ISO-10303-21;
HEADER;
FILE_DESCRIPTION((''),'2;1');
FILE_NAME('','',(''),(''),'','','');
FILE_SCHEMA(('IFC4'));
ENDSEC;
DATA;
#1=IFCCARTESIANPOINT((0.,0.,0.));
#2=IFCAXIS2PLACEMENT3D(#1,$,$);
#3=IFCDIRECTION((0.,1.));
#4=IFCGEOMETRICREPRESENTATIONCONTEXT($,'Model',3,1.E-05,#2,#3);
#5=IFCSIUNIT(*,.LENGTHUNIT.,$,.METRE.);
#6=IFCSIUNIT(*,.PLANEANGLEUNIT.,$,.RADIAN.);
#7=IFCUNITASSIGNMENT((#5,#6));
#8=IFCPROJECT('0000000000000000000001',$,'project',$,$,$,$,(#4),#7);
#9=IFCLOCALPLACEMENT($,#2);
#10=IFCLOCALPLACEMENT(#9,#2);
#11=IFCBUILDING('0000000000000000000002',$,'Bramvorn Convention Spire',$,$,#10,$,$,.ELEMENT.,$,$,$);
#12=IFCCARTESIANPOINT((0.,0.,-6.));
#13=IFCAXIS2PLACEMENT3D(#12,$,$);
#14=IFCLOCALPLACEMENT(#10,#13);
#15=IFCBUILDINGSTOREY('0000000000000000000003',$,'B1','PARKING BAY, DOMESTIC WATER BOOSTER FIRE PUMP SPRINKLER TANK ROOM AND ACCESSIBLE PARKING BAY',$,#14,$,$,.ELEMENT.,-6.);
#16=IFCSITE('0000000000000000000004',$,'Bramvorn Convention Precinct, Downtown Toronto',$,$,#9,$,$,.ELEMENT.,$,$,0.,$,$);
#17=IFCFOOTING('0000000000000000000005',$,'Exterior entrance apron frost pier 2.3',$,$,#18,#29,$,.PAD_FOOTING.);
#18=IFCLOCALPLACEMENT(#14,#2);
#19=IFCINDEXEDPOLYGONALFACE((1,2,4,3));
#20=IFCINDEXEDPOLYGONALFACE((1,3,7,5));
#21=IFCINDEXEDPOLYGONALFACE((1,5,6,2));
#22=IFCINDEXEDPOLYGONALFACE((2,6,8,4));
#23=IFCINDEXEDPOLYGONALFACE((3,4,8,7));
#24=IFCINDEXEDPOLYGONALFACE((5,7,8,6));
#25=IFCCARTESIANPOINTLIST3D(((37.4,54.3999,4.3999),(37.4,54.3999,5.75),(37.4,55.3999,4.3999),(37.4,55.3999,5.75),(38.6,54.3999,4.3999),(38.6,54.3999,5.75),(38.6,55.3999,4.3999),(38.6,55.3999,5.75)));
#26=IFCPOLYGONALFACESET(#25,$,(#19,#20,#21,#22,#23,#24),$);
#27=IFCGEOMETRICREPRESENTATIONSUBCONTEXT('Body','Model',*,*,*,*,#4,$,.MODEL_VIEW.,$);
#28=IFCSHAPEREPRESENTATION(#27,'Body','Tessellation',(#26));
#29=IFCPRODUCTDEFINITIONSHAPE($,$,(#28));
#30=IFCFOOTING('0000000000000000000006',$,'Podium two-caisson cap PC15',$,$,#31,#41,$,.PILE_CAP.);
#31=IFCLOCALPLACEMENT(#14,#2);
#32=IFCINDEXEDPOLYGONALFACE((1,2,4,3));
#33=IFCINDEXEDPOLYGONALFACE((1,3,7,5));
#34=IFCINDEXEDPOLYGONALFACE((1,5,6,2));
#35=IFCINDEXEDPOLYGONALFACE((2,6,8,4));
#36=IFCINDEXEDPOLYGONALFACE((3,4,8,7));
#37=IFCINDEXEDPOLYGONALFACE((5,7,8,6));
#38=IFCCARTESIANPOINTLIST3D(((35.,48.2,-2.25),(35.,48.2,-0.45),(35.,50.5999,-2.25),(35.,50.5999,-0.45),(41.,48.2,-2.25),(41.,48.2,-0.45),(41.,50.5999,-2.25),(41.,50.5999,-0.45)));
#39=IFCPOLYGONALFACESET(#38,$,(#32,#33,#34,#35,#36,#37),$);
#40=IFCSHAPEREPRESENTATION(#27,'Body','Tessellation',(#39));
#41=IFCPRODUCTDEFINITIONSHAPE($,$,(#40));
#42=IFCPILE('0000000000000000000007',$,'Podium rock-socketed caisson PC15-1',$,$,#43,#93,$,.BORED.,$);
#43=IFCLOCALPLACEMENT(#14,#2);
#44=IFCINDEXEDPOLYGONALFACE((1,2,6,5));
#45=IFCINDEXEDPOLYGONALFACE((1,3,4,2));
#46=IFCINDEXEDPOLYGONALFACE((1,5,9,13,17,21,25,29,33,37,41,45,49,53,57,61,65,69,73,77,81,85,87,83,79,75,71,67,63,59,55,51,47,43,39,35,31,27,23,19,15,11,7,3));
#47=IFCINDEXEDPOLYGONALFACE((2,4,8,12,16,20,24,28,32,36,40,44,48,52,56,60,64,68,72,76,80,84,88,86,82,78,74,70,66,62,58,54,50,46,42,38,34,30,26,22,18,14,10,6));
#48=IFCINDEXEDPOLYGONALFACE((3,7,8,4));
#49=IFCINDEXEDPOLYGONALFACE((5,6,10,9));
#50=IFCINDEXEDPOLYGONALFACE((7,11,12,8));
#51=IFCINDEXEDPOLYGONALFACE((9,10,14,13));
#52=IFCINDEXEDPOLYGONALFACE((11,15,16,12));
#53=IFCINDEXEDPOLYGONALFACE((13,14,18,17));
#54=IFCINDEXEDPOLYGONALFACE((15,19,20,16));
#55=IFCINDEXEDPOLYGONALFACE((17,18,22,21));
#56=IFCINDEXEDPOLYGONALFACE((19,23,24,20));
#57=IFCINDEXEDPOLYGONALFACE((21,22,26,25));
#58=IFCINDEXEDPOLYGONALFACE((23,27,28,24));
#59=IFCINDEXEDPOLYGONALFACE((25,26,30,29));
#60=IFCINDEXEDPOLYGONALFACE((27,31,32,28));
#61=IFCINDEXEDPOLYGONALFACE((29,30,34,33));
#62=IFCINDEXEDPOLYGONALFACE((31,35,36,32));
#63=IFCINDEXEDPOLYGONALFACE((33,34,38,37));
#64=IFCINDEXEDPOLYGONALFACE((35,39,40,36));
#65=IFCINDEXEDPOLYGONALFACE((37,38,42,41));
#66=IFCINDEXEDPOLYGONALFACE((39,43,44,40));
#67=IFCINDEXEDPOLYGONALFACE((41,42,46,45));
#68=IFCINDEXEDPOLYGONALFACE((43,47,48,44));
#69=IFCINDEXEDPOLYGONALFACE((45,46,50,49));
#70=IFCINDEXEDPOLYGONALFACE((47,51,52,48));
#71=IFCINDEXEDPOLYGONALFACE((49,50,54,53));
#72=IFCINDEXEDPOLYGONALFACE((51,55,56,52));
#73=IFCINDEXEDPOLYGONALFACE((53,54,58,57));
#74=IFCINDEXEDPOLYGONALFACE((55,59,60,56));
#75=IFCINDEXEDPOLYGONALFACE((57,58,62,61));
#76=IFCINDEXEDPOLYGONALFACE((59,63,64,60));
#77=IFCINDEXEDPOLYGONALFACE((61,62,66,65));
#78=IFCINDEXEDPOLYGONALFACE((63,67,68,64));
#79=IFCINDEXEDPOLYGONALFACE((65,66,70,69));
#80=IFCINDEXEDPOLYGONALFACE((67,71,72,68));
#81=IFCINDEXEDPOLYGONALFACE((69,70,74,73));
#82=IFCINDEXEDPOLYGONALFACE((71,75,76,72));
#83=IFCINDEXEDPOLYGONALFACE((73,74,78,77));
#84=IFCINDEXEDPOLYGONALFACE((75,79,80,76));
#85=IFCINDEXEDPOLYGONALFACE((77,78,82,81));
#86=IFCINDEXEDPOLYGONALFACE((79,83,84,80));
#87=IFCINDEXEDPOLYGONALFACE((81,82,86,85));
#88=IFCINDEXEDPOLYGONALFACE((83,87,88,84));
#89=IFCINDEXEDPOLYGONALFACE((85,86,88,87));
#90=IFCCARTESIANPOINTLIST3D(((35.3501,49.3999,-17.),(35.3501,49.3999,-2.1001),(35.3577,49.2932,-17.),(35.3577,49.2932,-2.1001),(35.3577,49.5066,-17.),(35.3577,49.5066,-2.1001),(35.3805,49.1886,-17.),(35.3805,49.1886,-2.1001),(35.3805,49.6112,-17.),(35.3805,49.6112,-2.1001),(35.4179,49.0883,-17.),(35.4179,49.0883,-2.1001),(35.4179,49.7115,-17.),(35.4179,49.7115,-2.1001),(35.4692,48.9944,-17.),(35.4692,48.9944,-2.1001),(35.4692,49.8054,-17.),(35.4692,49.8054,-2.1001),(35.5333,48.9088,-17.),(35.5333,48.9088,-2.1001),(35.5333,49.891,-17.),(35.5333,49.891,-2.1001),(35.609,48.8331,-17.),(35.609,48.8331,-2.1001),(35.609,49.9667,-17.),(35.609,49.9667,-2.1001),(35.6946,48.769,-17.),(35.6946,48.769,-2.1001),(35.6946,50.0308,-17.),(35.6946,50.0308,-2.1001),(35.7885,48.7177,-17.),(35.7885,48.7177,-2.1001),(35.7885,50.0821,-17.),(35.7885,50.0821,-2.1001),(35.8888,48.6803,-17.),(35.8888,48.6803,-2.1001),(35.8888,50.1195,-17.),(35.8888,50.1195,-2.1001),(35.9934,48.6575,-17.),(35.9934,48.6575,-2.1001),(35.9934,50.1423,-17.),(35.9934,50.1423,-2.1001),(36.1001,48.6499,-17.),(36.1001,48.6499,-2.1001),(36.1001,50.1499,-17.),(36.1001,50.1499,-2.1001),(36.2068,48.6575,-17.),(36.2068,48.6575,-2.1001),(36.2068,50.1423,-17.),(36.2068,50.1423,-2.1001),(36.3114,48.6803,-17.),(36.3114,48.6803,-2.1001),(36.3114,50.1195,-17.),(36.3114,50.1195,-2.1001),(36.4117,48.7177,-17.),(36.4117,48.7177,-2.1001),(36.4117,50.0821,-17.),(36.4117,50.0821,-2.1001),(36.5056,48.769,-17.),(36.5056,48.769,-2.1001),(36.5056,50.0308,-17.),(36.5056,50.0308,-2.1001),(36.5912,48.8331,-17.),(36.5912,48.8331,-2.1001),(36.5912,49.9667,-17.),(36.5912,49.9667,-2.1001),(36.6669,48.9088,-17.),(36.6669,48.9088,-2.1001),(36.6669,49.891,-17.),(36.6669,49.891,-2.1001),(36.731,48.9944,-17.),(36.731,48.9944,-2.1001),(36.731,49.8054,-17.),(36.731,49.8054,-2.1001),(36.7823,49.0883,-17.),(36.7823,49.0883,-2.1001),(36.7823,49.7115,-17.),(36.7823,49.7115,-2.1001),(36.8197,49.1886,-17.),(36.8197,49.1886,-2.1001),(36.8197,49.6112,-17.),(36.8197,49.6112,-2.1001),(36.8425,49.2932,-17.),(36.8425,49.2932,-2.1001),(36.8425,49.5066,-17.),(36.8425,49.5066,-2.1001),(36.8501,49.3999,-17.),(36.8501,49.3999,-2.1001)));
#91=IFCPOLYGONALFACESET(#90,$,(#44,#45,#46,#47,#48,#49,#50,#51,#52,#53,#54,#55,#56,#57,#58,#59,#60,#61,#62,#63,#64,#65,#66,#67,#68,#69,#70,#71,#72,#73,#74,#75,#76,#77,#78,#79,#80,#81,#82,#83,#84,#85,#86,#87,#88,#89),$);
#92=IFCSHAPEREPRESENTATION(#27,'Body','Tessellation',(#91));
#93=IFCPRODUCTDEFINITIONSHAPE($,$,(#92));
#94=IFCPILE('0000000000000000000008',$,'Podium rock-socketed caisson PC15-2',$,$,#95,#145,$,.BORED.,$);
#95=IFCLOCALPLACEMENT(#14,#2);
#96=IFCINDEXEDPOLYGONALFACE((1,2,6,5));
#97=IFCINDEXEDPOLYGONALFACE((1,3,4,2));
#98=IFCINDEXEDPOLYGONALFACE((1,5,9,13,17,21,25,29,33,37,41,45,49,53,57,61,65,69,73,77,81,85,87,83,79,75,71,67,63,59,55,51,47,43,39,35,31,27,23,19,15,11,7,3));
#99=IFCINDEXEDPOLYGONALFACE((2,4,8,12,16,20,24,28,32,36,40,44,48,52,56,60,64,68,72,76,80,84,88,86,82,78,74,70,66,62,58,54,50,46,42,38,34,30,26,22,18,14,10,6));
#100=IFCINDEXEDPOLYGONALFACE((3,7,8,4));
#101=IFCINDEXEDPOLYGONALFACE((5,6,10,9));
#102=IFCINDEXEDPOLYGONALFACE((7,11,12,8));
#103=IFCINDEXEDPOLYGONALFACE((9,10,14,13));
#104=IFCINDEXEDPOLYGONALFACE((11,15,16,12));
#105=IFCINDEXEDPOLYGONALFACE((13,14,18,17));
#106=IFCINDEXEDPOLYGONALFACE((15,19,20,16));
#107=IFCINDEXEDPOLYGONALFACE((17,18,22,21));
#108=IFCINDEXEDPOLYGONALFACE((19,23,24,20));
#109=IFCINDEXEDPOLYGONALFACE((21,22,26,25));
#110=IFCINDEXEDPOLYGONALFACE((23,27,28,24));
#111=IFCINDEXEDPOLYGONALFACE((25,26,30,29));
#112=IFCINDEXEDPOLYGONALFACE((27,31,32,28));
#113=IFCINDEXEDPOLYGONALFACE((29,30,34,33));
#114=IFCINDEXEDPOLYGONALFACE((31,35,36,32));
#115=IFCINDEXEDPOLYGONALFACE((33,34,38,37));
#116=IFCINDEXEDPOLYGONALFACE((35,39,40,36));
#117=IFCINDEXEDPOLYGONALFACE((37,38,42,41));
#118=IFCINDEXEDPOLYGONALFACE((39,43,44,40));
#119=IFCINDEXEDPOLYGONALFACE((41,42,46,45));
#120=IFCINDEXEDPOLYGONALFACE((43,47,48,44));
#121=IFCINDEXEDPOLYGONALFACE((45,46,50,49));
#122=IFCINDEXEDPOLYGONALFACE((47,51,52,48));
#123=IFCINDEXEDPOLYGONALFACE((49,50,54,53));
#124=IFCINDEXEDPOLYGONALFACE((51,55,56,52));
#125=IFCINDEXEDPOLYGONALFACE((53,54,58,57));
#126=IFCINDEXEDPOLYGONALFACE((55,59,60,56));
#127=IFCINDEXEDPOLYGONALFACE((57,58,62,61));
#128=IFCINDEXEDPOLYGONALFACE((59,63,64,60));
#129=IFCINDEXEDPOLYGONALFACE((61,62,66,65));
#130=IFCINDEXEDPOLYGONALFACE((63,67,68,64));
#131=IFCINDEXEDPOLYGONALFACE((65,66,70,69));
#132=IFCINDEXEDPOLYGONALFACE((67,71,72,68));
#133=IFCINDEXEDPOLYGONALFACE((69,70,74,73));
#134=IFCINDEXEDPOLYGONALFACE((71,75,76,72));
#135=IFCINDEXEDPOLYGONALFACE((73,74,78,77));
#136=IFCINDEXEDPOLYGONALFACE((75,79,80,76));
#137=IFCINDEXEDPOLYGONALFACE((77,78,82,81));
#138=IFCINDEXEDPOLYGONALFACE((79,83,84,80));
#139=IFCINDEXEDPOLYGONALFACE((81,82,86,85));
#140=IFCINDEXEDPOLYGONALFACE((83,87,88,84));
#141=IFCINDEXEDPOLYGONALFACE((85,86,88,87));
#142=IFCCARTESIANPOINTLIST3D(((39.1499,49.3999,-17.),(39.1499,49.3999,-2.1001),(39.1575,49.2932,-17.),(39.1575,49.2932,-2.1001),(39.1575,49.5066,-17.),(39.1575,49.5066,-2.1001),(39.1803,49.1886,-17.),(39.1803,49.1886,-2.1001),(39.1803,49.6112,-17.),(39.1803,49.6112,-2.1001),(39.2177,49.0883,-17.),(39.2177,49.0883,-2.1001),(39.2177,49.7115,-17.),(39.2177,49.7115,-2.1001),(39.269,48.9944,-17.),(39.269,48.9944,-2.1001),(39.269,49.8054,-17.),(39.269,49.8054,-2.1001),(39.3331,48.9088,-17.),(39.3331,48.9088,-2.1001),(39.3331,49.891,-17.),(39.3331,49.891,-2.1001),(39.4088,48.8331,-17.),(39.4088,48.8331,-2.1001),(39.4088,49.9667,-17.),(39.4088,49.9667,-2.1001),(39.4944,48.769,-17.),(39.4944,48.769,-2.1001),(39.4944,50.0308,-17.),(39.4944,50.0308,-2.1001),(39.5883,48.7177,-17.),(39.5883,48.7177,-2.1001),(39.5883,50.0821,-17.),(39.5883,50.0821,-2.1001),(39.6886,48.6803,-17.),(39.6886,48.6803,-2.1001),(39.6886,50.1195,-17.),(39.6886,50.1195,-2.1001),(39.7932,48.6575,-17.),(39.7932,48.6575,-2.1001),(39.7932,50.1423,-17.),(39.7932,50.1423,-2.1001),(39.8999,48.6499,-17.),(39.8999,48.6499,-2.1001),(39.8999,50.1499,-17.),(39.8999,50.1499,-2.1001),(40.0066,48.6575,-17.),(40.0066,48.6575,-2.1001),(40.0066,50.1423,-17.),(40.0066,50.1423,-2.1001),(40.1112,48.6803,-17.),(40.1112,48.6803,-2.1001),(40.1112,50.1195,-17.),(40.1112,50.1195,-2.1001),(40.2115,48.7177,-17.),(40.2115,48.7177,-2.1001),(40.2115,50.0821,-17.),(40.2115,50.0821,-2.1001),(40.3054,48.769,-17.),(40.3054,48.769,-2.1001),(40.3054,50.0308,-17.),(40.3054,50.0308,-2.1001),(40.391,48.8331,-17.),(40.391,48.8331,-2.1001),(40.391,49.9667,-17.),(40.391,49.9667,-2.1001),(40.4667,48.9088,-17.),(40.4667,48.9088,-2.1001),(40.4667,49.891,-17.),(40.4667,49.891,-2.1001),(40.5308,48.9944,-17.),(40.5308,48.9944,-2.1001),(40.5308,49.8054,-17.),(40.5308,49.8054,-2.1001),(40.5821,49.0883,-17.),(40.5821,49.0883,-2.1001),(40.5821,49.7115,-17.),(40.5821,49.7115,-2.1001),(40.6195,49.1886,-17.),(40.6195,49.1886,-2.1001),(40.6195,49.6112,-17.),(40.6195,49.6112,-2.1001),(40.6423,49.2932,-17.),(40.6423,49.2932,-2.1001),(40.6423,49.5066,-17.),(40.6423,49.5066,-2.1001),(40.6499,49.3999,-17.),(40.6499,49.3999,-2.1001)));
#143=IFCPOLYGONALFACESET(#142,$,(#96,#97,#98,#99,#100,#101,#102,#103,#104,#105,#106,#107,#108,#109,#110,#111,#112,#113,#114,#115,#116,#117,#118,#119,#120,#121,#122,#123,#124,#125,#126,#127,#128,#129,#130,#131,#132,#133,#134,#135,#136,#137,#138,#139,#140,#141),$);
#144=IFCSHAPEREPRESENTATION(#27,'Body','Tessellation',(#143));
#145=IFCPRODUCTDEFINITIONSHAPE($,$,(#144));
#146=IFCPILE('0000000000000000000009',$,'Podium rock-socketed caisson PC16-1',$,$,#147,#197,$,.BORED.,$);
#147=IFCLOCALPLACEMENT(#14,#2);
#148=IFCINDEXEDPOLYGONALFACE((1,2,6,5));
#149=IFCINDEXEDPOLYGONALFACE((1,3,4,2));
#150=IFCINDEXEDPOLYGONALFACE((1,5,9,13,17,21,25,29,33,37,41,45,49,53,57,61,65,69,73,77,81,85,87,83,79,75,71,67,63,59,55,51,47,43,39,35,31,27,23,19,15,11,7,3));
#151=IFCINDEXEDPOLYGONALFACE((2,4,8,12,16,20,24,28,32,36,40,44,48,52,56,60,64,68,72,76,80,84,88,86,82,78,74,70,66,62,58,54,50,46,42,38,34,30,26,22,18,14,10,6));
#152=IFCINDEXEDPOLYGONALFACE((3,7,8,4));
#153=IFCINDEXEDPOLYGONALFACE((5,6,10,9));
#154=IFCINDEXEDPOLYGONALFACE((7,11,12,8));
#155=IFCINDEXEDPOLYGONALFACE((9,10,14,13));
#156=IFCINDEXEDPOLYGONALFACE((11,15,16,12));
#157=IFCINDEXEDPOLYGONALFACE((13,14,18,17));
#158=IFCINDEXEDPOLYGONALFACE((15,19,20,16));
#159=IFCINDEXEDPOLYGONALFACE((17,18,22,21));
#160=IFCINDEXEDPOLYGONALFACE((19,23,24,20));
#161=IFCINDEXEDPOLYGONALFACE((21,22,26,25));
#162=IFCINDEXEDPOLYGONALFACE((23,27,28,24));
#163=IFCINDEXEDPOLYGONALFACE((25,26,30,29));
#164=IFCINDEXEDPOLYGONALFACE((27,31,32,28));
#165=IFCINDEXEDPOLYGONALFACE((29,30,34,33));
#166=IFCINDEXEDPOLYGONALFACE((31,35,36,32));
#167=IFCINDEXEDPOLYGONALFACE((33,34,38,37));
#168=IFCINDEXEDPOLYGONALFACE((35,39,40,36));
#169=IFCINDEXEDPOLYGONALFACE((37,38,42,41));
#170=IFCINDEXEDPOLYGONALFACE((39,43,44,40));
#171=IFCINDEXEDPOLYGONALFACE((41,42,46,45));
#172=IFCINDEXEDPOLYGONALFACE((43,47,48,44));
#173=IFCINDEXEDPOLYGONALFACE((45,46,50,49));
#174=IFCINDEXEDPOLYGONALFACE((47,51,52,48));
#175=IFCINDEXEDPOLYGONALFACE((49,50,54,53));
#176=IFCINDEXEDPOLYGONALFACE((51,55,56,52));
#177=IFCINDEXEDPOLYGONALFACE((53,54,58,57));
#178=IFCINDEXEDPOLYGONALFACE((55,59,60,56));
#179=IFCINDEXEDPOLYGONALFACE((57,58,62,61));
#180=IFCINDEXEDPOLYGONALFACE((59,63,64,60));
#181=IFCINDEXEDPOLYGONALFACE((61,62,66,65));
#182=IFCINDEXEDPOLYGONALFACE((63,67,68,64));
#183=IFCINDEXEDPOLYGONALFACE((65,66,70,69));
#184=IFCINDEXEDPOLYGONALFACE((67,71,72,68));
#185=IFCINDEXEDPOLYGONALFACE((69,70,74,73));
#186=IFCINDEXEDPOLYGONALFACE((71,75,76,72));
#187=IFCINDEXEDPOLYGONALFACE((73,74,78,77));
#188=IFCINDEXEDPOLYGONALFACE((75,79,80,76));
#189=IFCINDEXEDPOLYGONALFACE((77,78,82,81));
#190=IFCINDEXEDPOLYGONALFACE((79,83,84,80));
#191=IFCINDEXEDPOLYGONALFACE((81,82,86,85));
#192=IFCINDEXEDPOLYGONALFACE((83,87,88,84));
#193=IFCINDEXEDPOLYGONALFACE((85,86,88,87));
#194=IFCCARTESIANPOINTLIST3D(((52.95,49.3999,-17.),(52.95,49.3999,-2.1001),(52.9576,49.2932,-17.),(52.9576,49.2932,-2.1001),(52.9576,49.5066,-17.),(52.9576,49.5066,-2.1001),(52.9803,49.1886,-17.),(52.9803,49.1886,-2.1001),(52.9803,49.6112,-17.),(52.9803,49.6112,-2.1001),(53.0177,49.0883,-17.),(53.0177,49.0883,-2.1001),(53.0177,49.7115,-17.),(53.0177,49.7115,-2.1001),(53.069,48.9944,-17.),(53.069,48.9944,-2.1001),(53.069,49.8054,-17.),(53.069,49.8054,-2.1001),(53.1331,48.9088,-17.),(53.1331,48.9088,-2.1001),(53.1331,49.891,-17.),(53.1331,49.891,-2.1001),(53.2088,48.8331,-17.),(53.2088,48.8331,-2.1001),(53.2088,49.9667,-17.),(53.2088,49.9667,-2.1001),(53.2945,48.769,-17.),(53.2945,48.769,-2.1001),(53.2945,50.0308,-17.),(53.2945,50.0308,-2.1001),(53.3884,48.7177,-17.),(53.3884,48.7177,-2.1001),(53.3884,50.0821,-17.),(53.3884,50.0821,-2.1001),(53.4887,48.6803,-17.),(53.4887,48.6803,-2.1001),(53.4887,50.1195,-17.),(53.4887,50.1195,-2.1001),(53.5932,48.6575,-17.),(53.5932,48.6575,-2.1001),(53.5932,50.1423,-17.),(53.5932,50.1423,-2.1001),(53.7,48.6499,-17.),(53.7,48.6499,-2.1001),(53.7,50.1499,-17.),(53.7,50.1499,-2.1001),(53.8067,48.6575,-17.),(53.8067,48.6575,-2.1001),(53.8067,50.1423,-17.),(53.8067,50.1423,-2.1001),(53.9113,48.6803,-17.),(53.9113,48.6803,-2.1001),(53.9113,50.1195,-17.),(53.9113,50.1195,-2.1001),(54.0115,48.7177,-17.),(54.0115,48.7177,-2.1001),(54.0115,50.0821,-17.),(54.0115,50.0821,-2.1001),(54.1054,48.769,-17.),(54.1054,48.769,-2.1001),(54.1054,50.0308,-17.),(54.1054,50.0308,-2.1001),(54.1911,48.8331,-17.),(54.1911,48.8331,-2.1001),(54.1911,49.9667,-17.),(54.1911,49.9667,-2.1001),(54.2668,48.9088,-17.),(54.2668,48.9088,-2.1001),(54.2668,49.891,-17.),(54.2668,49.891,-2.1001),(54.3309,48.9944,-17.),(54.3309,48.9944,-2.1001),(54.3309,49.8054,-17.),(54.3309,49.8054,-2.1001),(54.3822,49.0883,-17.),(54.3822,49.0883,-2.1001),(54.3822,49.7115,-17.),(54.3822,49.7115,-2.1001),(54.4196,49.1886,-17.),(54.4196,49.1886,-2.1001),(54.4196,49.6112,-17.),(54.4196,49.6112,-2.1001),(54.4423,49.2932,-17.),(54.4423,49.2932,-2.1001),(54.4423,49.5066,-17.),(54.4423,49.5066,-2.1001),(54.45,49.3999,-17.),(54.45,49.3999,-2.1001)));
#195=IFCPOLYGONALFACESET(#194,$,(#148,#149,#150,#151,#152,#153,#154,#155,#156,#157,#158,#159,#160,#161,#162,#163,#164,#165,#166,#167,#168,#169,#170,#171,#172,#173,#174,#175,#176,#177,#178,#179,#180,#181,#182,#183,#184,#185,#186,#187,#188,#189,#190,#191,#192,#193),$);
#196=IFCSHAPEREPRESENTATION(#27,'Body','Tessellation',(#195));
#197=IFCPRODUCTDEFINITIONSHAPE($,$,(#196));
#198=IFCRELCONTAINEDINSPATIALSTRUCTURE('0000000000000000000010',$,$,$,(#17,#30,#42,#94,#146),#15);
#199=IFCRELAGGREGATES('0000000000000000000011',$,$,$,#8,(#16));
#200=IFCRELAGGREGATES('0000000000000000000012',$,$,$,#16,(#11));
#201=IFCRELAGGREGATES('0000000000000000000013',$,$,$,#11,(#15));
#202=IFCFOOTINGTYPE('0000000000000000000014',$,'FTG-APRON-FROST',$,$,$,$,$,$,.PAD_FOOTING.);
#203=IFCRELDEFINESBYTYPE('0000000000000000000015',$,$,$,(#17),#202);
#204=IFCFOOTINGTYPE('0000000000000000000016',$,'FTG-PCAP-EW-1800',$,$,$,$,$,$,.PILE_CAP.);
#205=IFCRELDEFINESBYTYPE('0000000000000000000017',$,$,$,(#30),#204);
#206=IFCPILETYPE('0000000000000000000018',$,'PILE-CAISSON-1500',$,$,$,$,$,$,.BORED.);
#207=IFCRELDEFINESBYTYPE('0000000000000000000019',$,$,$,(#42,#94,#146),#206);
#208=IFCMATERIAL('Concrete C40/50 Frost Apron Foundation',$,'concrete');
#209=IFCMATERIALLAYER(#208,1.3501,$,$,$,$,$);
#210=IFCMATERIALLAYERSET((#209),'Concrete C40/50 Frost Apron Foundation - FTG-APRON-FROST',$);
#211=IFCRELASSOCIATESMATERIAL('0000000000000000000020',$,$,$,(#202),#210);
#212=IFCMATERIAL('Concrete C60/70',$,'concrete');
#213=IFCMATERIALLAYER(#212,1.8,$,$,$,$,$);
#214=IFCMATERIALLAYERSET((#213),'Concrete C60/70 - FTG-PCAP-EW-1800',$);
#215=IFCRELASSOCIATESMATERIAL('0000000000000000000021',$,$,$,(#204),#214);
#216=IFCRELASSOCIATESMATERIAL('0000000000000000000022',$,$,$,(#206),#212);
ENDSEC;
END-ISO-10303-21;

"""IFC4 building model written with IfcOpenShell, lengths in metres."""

from ifc_helpers import new_model, si_unit, direction, frame, origin, origin_2d, place, context, subcontext, project, spatial, rectangle, circle, extrude, material, layer, layer_set, material_profile, profile_set, type_object, element, save


model = new_model("IFC4")

# Units and contexts
model_context = context("Model", 3, precision=1e-05, world=origin(), true_north=direction((0.0, 1.0)))
body_context = subcontext(model_context, "Body", "Model", "MODEL_VIEW")
ifc_project = project(units=[si_unit("LENGTHUNIT", "METRE"), si_unit("PLANEANGLEUNIT", "RADIAN")], contexts=[model_context])

# Site, building, storey
site_placement = place(None, origin())
site = spatial("IfcSite", under=ifc_project, at=site_placement, Name="Bramvorn Convention Precinct, Downtown Toronto", CompositionType="ELEMENT", RefElevation=0.0)
building_placement = place(site_placement, origin())
building = spatial("IfcBuilding", under=site, at=building_placement, Name="Bramvorn Convention Spire", CompositionType="ELEMENT")
storey_placement = place(building_placement, frame((0.0, 0.0, -6.0)))
storey = spatial("IfcBuildingStorey", under=building, at=storey_placement, Name="B1", Description="PARKING BAY, DOMESTIC WATER BOOSTER FIRE PUMP SPRINKLER TANK ROOM AND ACCESSIBLE PARKING BAY", CompositionType="ELEMENT", Elevation=-6.0)

# Footings
ifc_material_1 = material(Name="Concrete C40/50 Frost Apron Foundation", Category="concrete")
ifc_layer_1 = layer(ifc_material_1, 1.3501)
ifc_layer_set_1 = layer_set([ifc_layer_1], Name="Concrete C40/50 Frost Apron Foundation - FTG-APRON-FROST")
footing_type_1 = type_object("IfcFootingType", Name="FTG-APRON-FROST", PredefinedType="PAD_FOOTING", material=ifc_layer_set_1)
footing_1_placement = place(storey_placement, frame((38.0, 54.8999, 4.3999), z_axis=(0.0, 0.0, 1.0), x_axis=(1.0, 0.0, 0.0)))
element("IfcFooting", 1, at=footing_1_placement, inside=storey, type_object=footing_type_1, Name="Exterior entrance apron frost pier 2.3", PredefinedType="PAD_FOOTING", context=body_context, shape_type="SweptSolid", body=[
    extrude(rectangle(XDim=1.2, YDim=1.0, at=origin_2d()), origin(), (0.0, 0.0, 1.0), 1.3501),
])
ifc_material_2 = material(Name="Concrete C60/70", Category="concrete")
ifc_layer_2 = layer(ifc_material_2, 1.8)
ifc_layer_set_2 = layer_set([ifc_layer_2], Name="Concrete C60/70 - FTG-PCAP-EW-1800")
footing_type_2 = type_object("IfcFootingType", Name="FTG-PCAP-EW-1800", PredefinedType="PILE_CAP", material=ifc_layer_set_2)
footing_2_placement = place(storey_placement, frame((38.0, 49.3999, -2.25), z_axis=(0.0, 0.0, 1.0), x_axis=(1.0, 0.0, 0.0)))
element("IfcFooting", 2, at=footing_2_placement, inside=storey, type_object=footing_type_2, Name="Podium two-caisson cap PC15", PredefinedType="PILE_CAP", context=body_context, shape_type="SweptSolid", body=[
    extrude(rectangle(XDim=6.0, YDim=2.3999, at=origin_2d()), origin(), (0.0, 0.0, 1.0), 1.8),
])

# Piles
ifc_material_profile_1 = material_profile(ifc_material_2, circle(Radius=0.75, at=origin_2d()))
ifc_profile_set_1 = profile_set([ifc_material_profile_1], Name="Concrete C60/70 - CAISSON1500")
pile_type_1 = type_object("IfcPileType", Name="PILE-CAISSON-1500", PredefinedType="BORED", material=ifc_profile_set_1)
for number, where, z_axis, x_axis, name in (
    (3, (36.1001, 49.3999, -2.1001), (0.0, 0.0, -1.0), (1.0, 0.0, 0.0), "Podium rock-socketed caisson PC15-1"),
    (4, (39.8999, 49.3999, -2.1001), (0.0, 0.0, -1.0), (1.0, 0.0, 0.0), "Podium rock-socketed caisson PC15-2"),
    (5, (53.7, 49.3999, -2.1001), (0.0, 0.0, -1.0), (1.0, 0.0, 0.0), "Podium rock-socketed caisson PC16-1"),
):
    element("IfcPile", number, at=place(storey_placement, frame(where, z_axis=z_axis, x_axis=x_axis)), inside=storey, type_object=pile_type_1, Name=name, PredefinedType="BORED", context=body_context, shape_type="SweptSolid", body=[
        extrude(circle(Radius=0.75, at=origin_2d()), origin(), (0.0, 0.0, 1.0), 14.8999),
    ])

save(model, "model.ifc")
